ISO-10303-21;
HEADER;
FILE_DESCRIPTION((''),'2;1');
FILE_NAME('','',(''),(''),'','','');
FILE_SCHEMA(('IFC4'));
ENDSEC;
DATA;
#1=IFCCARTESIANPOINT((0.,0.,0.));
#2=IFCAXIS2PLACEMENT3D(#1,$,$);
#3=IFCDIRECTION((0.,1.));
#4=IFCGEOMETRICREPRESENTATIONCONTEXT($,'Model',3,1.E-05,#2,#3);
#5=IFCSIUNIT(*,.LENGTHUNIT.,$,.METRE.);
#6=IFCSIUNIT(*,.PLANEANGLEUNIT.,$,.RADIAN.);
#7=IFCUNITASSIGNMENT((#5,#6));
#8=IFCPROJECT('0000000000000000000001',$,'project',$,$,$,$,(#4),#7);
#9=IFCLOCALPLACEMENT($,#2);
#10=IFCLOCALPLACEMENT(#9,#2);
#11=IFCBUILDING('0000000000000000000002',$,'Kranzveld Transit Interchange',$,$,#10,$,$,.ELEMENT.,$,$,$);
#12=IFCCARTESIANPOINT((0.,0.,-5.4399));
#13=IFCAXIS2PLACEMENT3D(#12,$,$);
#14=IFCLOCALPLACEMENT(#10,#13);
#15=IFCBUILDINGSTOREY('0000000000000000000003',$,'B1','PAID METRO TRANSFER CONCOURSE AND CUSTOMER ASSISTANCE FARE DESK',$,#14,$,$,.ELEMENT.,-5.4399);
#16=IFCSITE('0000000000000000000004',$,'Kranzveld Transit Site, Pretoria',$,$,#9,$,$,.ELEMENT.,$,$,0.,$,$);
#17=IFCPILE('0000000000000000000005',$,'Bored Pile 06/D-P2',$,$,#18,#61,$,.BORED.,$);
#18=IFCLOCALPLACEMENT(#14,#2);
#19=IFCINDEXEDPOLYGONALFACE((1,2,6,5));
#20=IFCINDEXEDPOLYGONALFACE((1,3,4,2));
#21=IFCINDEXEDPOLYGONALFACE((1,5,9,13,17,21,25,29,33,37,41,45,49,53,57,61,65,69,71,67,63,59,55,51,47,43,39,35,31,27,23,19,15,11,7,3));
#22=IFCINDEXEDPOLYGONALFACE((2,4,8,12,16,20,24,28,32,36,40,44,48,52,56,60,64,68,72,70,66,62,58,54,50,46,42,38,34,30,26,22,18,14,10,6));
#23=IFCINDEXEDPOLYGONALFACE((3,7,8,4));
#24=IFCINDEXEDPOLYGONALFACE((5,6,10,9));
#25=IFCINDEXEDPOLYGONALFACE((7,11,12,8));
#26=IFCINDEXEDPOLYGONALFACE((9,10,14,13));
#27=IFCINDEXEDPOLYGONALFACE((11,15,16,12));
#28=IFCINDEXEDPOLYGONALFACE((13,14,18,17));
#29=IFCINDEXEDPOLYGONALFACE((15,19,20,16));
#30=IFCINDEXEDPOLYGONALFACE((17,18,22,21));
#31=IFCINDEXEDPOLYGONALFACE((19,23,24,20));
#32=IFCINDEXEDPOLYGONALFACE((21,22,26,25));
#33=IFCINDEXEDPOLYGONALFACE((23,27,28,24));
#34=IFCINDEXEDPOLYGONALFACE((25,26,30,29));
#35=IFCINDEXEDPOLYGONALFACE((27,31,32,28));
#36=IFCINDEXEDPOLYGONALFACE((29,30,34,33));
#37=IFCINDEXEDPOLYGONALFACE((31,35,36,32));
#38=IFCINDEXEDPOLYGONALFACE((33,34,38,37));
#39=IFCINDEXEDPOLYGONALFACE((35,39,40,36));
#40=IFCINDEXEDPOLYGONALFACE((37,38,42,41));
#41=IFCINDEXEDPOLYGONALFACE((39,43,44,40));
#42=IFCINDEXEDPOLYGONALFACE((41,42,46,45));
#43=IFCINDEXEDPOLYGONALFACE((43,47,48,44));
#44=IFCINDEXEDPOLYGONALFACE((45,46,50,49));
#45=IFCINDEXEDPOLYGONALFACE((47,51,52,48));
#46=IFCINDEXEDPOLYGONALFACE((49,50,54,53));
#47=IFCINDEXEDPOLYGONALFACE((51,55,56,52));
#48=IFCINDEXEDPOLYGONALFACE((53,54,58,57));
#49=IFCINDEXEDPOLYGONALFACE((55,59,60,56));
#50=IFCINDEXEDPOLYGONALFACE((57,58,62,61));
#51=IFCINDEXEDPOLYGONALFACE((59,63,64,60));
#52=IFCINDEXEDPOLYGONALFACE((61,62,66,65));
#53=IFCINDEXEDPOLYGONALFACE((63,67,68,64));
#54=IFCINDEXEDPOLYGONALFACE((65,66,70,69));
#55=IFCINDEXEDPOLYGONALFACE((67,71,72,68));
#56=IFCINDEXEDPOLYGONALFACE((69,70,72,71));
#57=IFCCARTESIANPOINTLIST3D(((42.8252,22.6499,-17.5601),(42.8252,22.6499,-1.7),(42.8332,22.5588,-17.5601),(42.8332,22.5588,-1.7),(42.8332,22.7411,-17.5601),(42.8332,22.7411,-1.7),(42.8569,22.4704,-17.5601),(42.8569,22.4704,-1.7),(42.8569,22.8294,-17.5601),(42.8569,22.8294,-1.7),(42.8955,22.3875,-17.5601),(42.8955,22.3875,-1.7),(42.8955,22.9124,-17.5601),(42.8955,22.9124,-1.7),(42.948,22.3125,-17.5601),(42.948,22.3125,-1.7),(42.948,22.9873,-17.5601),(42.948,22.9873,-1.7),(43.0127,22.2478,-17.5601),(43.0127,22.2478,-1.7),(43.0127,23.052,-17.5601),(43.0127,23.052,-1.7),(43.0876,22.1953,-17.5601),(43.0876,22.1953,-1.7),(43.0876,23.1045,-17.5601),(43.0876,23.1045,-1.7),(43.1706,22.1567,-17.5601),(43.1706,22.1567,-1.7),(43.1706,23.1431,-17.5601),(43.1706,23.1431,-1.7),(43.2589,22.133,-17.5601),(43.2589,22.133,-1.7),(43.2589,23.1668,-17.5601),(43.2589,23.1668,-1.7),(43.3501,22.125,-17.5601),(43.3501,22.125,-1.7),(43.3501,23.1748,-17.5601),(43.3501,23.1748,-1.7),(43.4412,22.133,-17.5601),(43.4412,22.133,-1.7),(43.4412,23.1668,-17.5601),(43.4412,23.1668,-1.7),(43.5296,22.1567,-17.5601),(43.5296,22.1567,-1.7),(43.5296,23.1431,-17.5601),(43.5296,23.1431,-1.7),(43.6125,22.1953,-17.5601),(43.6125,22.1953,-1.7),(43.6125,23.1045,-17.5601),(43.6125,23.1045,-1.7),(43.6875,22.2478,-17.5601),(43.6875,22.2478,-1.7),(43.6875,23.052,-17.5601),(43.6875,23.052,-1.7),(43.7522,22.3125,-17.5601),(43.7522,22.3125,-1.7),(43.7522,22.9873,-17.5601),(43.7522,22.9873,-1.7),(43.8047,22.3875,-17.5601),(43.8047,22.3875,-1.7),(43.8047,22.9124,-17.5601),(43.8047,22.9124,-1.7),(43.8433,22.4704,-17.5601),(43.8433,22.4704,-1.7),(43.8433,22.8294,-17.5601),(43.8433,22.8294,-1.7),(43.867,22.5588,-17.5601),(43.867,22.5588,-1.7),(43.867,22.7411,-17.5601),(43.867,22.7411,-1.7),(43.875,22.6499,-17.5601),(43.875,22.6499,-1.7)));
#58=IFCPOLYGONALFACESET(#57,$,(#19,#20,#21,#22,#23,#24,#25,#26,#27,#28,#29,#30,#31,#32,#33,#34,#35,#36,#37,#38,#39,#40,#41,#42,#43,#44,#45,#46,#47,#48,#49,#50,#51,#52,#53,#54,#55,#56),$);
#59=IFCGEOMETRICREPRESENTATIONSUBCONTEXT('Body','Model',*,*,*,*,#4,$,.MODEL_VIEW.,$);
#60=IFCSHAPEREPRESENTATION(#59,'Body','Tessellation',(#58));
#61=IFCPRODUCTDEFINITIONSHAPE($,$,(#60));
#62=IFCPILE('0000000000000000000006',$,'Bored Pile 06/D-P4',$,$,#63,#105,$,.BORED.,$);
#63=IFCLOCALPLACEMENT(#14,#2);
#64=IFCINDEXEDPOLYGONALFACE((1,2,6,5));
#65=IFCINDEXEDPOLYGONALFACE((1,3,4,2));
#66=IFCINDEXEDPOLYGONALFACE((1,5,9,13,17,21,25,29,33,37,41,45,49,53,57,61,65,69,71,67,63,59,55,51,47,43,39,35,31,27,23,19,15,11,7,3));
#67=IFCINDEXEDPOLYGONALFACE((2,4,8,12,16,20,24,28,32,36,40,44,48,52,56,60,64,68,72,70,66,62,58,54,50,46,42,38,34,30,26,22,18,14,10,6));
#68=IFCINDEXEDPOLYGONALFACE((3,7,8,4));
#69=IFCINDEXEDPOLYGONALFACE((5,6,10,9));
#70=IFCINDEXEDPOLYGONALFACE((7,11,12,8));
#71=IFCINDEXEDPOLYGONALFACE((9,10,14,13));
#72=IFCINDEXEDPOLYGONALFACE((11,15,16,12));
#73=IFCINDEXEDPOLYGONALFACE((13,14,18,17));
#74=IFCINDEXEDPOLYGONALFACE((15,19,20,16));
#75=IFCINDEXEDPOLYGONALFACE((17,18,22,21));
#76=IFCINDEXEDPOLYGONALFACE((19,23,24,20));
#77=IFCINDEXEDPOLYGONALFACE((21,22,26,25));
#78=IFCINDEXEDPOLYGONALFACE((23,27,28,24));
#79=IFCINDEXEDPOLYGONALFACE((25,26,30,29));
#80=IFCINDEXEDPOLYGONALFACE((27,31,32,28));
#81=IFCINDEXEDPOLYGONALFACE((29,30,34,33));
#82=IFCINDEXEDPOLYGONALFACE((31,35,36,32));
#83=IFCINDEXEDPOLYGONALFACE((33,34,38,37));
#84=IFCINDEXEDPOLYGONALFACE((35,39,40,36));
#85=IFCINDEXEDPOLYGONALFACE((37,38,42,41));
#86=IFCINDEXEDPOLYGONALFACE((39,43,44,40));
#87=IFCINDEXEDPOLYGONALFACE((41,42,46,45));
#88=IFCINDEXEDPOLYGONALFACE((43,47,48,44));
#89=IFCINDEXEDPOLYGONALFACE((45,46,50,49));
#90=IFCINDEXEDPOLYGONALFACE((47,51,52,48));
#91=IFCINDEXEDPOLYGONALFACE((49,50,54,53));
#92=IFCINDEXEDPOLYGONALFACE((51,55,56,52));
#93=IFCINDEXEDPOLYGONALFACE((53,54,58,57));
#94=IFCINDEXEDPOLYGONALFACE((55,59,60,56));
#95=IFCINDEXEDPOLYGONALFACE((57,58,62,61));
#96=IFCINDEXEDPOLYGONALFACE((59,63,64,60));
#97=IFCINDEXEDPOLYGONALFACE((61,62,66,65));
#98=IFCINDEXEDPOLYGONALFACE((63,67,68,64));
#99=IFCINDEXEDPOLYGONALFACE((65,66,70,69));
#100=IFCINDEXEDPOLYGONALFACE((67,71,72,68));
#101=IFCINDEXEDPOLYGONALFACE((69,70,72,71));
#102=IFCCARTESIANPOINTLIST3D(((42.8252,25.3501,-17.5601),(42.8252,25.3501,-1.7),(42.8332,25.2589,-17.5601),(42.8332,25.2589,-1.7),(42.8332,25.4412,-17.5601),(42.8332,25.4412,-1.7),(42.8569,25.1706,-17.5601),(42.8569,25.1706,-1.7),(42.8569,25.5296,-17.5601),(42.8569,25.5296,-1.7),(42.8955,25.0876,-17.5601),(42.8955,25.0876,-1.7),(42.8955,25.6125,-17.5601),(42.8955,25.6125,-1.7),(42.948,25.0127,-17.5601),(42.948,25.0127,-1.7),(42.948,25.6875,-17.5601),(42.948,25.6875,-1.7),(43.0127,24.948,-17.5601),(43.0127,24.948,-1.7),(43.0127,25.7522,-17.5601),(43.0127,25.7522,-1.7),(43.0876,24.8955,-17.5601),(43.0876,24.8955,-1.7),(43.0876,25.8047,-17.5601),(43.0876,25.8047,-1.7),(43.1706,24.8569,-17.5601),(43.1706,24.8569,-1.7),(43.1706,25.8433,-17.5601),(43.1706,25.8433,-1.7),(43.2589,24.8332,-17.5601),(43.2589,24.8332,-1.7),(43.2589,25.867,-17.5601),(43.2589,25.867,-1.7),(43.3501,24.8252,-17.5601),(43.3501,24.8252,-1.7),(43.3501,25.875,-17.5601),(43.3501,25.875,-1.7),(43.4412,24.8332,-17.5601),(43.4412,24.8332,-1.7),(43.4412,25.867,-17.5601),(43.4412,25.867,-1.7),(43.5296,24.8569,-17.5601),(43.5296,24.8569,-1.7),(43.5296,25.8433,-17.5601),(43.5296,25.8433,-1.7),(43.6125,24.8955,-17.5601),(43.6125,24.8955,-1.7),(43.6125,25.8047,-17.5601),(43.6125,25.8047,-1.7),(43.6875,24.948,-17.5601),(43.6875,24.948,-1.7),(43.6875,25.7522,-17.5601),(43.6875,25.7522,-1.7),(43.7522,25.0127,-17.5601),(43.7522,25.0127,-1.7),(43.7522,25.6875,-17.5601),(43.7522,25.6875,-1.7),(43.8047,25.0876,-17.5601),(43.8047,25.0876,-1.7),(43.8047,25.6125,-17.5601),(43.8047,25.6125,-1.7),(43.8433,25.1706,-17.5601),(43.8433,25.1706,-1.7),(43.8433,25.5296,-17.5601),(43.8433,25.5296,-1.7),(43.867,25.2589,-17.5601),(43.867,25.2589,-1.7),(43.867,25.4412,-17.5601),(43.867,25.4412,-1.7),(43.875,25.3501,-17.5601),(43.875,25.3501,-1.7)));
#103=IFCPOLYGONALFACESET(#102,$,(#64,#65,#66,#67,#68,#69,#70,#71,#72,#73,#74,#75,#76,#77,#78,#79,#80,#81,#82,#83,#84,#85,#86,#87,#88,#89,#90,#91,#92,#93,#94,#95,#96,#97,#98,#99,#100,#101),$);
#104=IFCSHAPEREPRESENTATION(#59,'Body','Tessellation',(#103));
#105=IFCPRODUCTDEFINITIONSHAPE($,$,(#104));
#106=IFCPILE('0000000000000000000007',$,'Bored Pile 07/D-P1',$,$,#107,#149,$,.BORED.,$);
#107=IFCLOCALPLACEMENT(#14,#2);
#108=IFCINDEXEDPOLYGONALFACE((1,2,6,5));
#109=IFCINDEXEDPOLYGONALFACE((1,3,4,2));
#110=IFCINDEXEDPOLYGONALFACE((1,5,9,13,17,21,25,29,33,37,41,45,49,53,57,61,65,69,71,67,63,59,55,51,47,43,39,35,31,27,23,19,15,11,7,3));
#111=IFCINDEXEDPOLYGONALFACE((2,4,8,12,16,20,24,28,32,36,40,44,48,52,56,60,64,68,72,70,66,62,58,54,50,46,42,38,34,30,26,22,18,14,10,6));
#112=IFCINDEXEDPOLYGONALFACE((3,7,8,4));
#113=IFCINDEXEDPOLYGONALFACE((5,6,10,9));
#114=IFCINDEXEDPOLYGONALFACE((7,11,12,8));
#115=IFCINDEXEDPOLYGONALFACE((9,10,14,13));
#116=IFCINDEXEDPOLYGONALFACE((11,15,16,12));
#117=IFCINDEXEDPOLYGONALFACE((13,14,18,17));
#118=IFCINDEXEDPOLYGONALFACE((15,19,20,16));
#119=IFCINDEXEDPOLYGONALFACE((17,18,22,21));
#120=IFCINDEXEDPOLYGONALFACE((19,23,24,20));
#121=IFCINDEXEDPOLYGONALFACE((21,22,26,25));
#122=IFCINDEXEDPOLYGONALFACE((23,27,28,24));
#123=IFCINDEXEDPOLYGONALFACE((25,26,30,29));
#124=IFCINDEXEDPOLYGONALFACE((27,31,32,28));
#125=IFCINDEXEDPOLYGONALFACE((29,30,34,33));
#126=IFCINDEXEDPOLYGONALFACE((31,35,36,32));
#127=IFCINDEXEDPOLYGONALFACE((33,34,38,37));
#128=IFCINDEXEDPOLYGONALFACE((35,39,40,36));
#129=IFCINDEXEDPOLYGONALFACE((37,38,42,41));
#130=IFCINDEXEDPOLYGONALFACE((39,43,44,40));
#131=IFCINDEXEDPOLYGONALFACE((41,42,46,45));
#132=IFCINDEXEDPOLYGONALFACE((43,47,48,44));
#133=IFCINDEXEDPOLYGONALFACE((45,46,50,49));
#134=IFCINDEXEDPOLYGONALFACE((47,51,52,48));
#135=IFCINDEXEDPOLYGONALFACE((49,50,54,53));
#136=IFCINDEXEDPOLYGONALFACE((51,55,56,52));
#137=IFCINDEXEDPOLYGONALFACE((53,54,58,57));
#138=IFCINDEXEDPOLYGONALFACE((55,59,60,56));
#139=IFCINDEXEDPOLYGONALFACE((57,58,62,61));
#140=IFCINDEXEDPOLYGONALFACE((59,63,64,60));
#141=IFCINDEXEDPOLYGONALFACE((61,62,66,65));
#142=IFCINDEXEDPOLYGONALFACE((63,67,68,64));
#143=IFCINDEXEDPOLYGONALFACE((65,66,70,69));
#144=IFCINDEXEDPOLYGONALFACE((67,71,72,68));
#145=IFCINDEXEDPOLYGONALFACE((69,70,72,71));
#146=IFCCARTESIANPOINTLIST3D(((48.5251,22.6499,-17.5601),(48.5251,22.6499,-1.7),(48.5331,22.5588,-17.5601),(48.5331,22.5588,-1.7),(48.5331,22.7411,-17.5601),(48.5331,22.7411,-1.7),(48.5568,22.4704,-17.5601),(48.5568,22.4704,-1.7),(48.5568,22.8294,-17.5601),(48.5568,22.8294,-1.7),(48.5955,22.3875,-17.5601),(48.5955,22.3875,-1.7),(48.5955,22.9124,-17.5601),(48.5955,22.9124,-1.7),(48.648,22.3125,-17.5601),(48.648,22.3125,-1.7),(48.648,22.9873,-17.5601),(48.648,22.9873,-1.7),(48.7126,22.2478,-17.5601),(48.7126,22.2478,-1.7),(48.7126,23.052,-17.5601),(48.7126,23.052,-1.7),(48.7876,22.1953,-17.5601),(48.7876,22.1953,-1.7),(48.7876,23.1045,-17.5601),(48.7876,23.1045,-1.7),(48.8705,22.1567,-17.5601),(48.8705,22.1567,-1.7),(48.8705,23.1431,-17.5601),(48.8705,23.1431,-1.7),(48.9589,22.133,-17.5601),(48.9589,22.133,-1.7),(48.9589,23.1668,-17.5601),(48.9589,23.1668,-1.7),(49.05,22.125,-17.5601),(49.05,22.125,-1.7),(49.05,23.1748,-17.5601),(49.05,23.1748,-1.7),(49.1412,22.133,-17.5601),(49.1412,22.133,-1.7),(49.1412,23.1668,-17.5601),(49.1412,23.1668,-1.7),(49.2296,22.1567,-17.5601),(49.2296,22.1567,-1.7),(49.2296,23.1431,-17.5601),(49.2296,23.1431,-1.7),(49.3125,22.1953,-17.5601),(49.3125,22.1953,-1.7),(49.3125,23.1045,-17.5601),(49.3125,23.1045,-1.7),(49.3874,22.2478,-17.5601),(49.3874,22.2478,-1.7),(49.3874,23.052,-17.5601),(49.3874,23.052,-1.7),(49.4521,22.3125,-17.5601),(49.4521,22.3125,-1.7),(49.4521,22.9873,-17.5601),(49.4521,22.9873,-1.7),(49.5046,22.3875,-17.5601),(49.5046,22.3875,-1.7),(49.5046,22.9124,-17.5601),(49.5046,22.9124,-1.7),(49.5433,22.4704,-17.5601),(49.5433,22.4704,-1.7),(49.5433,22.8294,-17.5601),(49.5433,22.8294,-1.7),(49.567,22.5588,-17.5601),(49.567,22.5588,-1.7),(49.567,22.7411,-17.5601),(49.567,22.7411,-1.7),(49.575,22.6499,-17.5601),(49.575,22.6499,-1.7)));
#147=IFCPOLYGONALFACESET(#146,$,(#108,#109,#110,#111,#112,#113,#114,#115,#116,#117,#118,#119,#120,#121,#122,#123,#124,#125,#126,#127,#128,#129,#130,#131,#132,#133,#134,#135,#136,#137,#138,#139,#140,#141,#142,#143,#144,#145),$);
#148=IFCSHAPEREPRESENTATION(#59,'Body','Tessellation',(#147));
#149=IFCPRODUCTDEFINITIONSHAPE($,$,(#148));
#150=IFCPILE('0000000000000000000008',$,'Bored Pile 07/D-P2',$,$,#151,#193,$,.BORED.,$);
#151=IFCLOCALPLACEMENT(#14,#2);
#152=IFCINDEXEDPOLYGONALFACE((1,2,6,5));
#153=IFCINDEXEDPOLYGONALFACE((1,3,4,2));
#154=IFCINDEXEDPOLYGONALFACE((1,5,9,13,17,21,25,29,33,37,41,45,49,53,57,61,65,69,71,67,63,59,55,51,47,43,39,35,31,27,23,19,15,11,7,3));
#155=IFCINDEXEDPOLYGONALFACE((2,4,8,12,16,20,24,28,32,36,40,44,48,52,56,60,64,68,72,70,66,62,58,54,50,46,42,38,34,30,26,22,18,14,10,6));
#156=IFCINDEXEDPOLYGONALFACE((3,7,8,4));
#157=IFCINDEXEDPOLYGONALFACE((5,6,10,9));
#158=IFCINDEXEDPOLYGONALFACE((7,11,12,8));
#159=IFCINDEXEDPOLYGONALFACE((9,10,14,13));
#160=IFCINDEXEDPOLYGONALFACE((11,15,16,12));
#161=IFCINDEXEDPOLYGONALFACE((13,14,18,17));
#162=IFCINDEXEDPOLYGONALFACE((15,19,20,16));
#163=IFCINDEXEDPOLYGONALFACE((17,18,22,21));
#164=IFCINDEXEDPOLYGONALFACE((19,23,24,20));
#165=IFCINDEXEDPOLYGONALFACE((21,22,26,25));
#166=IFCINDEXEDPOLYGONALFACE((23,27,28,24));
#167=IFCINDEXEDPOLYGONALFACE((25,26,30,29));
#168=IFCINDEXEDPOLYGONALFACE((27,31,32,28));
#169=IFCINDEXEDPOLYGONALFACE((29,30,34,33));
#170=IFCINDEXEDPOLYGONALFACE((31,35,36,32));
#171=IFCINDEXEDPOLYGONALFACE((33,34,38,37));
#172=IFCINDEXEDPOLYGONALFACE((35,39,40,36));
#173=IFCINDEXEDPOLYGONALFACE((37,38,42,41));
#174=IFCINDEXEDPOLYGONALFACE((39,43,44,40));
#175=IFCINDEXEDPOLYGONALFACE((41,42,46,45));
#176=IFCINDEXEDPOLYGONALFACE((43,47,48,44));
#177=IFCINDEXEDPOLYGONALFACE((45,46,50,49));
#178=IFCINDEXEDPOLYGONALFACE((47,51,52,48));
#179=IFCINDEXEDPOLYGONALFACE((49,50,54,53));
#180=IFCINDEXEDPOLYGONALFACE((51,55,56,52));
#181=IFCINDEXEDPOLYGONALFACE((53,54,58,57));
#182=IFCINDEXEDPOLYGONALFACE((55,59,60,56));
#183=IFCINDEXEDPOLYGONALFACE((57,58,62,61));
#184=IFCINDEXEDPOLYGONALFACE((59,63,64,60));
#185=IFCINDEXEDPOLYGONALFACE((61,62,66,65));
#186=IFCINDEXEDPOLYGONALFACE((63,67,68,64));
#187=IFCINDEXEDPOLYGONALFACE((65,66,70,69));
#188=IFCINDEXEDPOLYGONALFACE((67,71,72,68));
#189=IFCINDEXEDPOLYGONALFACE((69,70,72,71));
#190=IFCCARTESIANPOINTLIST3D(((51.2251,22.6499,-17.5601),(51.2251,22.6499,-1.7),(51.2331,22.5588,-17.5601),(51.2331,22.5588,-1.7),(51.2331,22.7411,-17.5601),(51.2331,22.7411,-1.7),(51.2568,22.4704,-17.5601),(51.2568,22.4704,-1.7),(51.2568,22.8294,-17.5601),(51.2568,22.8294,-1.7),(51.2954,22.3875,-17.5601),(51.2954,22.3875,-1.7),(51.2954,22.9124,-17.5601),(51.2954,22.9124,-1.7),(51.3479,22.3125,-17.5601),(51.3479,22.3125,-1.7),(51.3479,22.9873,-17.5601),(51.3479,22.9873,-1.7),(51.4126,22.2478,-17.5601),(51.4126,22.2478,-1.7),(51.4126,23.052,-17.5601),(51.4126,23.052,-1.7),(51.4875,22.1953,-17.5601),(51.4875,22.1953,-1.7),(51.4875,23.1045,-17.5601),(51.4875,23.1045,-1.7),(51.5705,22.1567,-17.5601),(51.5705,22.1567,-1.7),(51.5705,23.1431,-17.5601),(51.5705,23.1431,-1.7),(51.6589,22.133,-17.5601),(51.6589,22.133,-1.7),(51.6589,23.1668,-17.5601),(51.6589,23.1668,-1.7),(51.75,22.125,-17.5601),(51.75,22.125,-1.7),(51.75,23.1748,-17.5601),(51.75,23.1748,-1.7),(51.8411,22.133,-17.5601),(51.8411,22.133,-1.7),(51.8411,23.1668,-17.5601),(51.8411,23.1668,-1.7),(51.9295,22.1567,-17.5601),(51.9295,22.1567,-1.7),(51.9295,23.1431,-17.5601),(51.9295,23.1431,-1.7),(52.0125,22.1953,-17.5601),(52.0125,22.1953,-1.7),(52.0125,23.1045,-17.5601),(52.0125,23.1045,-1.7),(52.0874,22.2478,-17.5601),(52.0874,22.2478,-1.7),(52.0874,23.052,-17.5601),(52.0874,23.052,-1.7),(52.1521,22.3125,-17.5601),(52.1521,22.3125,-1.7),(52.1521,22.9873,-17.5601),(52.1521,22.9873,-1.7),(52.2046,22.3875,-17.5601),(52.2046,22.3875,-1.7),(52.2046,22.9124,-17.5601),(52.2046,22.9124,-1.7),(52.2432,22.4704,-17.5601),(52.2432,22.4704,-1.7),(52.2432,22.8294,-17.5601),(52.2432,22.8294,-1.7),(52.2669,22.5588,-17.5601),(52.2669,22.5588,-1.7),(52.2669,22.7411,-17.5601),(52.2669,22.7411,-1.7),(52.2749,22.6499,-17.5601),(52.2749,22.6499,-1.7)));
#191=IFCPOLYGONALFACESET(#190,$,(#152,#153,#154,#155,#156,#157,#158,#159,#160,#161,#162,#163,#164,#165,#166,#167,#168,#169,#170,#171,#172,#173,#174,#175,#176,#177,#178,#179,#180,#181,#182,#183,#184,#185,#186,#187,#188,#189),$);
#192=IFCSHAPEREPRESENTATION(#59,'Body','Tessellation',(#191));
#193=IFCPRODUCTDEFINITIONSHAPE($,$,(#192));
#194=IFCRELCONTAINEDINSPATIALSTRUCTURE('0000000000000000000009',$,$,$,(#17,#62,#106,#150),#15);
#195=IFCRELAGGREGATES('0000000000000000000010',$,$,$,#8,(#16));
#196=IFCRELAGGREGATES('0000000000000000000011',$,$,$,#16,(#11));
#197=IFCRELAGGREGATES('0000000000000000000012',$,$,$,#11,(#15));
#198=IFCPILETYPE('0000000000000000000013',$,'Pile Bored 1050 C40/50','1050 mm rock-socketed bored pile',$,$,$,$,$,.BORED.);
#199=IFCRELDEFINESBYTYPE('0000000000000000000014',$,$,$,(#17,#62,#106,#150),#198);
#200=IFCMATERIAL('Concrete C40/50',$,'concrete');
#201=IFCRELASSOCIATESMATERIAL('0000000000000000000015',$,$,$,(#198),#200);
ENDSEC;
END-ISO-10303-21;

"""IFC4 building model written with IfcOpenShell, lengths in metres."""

from ifc_helpers import new_model, si_unit, direction, frame, origin, origin_2d, place, context, subcontext, project, spatial, circle, extrude, material, material_profile, profile_set, type_object, element, save


model = new_model("IFC4")

# Units and contexts
model_context = context("Model", 3, precision=1e-05, world=origin(), true_north=direction((0.0, 1.0)))
body_context = subcontext(model_context, "Body", "Model", "MODEL_VIEW")
ifc_project = project(units=[si_unit("LENGTHUNIT", "METRE"), si_unit("PLANEANGLEUNIT", "RADIAN")], contexts=[model_context])

# Site, building, storey
site_placement = place(None, origin())
site = spatial("IfcSite", under=ifc_project, at=site_placement, Name="Kranzveld Transit Site, Pretoria", CompositionType="ELEMENT", RefElevation=0.0)
building_placement = place(site_placement, origin())
building = spatial("IfcBuilding", under=site, at=building_placement, Name="Kranzveld Transit Interchange", CompositionType="ELEMENT")
storey_placement = place(building_placement, frame((0.0, 0.0, -5.4399)))
storey = spatial("IfcBuildingStorey", under=building, at=storey_placement, Name="B1", Description="PAID METRO TRANSFER CONCOURSE AND CUSTOMER ASSISTANCE FARE DESK", CompositionType="ELEMENT", Elevation=-5.4399)

# Piles
ifc_material_1 = material(Name="Concrete C40/50", Category="concrete")
ifc_material_profile_1 = material_profile(ifc_material_1, circle(Radius=0.5249, at=origin_2d()), Name="BORED PILE 1050")
ifc_profile_set_1 = profile_set([ifc_material_profile_1], Name="Concrete C40/50")
pile_type = type_object("IfcPileType", Name="Pile Bored 1050 C40/50", Description="1050 mm rock-socketed bored pile", PredefinedType="BORED", material=ifc_profile_set_1)
for number, where, z_axis, x_axis, name in (
    (1, (43.3501, 22.6499, -1.7), (0.0, 0.0, -1.0), (1.0, 0.0, 0.0), "Bored Pile 06/D-P2"),
    (2, (43.3501, 25.3501, -1.7), (0.0, 0.0, -1.0), (1.0, 0.0, 0.0), "Bored Pile 06/D-P4"),
    (3, (49.05, 22.6499, -1.7), (0.0, 0.0, -1.0), (1.0, 0.0, 0.0), "Bored Pile 07/D-P1"),
    (4, (51.75, 22.6499, -1.7), (0.0, 0.0, -1.0), (1.0, 0.0, 0.0), "Bored Pile 07/D-P2"),
):
    element("IfcPile", number, at=place(storey_placement, frame(where, z_axis=z_axis, x_axis=x_axis)), inside=storey, type_object=pile_type, Name=name, PredefinedType="BORED", context=body_context, shape_type="SweptSolid", body=[
        extrude(circle(Radius=0.5249, at=origin_2d()), origin(), (0.0, 0.0, 1.0), 15.8601),
    ])

save(model, "model.ifc")
